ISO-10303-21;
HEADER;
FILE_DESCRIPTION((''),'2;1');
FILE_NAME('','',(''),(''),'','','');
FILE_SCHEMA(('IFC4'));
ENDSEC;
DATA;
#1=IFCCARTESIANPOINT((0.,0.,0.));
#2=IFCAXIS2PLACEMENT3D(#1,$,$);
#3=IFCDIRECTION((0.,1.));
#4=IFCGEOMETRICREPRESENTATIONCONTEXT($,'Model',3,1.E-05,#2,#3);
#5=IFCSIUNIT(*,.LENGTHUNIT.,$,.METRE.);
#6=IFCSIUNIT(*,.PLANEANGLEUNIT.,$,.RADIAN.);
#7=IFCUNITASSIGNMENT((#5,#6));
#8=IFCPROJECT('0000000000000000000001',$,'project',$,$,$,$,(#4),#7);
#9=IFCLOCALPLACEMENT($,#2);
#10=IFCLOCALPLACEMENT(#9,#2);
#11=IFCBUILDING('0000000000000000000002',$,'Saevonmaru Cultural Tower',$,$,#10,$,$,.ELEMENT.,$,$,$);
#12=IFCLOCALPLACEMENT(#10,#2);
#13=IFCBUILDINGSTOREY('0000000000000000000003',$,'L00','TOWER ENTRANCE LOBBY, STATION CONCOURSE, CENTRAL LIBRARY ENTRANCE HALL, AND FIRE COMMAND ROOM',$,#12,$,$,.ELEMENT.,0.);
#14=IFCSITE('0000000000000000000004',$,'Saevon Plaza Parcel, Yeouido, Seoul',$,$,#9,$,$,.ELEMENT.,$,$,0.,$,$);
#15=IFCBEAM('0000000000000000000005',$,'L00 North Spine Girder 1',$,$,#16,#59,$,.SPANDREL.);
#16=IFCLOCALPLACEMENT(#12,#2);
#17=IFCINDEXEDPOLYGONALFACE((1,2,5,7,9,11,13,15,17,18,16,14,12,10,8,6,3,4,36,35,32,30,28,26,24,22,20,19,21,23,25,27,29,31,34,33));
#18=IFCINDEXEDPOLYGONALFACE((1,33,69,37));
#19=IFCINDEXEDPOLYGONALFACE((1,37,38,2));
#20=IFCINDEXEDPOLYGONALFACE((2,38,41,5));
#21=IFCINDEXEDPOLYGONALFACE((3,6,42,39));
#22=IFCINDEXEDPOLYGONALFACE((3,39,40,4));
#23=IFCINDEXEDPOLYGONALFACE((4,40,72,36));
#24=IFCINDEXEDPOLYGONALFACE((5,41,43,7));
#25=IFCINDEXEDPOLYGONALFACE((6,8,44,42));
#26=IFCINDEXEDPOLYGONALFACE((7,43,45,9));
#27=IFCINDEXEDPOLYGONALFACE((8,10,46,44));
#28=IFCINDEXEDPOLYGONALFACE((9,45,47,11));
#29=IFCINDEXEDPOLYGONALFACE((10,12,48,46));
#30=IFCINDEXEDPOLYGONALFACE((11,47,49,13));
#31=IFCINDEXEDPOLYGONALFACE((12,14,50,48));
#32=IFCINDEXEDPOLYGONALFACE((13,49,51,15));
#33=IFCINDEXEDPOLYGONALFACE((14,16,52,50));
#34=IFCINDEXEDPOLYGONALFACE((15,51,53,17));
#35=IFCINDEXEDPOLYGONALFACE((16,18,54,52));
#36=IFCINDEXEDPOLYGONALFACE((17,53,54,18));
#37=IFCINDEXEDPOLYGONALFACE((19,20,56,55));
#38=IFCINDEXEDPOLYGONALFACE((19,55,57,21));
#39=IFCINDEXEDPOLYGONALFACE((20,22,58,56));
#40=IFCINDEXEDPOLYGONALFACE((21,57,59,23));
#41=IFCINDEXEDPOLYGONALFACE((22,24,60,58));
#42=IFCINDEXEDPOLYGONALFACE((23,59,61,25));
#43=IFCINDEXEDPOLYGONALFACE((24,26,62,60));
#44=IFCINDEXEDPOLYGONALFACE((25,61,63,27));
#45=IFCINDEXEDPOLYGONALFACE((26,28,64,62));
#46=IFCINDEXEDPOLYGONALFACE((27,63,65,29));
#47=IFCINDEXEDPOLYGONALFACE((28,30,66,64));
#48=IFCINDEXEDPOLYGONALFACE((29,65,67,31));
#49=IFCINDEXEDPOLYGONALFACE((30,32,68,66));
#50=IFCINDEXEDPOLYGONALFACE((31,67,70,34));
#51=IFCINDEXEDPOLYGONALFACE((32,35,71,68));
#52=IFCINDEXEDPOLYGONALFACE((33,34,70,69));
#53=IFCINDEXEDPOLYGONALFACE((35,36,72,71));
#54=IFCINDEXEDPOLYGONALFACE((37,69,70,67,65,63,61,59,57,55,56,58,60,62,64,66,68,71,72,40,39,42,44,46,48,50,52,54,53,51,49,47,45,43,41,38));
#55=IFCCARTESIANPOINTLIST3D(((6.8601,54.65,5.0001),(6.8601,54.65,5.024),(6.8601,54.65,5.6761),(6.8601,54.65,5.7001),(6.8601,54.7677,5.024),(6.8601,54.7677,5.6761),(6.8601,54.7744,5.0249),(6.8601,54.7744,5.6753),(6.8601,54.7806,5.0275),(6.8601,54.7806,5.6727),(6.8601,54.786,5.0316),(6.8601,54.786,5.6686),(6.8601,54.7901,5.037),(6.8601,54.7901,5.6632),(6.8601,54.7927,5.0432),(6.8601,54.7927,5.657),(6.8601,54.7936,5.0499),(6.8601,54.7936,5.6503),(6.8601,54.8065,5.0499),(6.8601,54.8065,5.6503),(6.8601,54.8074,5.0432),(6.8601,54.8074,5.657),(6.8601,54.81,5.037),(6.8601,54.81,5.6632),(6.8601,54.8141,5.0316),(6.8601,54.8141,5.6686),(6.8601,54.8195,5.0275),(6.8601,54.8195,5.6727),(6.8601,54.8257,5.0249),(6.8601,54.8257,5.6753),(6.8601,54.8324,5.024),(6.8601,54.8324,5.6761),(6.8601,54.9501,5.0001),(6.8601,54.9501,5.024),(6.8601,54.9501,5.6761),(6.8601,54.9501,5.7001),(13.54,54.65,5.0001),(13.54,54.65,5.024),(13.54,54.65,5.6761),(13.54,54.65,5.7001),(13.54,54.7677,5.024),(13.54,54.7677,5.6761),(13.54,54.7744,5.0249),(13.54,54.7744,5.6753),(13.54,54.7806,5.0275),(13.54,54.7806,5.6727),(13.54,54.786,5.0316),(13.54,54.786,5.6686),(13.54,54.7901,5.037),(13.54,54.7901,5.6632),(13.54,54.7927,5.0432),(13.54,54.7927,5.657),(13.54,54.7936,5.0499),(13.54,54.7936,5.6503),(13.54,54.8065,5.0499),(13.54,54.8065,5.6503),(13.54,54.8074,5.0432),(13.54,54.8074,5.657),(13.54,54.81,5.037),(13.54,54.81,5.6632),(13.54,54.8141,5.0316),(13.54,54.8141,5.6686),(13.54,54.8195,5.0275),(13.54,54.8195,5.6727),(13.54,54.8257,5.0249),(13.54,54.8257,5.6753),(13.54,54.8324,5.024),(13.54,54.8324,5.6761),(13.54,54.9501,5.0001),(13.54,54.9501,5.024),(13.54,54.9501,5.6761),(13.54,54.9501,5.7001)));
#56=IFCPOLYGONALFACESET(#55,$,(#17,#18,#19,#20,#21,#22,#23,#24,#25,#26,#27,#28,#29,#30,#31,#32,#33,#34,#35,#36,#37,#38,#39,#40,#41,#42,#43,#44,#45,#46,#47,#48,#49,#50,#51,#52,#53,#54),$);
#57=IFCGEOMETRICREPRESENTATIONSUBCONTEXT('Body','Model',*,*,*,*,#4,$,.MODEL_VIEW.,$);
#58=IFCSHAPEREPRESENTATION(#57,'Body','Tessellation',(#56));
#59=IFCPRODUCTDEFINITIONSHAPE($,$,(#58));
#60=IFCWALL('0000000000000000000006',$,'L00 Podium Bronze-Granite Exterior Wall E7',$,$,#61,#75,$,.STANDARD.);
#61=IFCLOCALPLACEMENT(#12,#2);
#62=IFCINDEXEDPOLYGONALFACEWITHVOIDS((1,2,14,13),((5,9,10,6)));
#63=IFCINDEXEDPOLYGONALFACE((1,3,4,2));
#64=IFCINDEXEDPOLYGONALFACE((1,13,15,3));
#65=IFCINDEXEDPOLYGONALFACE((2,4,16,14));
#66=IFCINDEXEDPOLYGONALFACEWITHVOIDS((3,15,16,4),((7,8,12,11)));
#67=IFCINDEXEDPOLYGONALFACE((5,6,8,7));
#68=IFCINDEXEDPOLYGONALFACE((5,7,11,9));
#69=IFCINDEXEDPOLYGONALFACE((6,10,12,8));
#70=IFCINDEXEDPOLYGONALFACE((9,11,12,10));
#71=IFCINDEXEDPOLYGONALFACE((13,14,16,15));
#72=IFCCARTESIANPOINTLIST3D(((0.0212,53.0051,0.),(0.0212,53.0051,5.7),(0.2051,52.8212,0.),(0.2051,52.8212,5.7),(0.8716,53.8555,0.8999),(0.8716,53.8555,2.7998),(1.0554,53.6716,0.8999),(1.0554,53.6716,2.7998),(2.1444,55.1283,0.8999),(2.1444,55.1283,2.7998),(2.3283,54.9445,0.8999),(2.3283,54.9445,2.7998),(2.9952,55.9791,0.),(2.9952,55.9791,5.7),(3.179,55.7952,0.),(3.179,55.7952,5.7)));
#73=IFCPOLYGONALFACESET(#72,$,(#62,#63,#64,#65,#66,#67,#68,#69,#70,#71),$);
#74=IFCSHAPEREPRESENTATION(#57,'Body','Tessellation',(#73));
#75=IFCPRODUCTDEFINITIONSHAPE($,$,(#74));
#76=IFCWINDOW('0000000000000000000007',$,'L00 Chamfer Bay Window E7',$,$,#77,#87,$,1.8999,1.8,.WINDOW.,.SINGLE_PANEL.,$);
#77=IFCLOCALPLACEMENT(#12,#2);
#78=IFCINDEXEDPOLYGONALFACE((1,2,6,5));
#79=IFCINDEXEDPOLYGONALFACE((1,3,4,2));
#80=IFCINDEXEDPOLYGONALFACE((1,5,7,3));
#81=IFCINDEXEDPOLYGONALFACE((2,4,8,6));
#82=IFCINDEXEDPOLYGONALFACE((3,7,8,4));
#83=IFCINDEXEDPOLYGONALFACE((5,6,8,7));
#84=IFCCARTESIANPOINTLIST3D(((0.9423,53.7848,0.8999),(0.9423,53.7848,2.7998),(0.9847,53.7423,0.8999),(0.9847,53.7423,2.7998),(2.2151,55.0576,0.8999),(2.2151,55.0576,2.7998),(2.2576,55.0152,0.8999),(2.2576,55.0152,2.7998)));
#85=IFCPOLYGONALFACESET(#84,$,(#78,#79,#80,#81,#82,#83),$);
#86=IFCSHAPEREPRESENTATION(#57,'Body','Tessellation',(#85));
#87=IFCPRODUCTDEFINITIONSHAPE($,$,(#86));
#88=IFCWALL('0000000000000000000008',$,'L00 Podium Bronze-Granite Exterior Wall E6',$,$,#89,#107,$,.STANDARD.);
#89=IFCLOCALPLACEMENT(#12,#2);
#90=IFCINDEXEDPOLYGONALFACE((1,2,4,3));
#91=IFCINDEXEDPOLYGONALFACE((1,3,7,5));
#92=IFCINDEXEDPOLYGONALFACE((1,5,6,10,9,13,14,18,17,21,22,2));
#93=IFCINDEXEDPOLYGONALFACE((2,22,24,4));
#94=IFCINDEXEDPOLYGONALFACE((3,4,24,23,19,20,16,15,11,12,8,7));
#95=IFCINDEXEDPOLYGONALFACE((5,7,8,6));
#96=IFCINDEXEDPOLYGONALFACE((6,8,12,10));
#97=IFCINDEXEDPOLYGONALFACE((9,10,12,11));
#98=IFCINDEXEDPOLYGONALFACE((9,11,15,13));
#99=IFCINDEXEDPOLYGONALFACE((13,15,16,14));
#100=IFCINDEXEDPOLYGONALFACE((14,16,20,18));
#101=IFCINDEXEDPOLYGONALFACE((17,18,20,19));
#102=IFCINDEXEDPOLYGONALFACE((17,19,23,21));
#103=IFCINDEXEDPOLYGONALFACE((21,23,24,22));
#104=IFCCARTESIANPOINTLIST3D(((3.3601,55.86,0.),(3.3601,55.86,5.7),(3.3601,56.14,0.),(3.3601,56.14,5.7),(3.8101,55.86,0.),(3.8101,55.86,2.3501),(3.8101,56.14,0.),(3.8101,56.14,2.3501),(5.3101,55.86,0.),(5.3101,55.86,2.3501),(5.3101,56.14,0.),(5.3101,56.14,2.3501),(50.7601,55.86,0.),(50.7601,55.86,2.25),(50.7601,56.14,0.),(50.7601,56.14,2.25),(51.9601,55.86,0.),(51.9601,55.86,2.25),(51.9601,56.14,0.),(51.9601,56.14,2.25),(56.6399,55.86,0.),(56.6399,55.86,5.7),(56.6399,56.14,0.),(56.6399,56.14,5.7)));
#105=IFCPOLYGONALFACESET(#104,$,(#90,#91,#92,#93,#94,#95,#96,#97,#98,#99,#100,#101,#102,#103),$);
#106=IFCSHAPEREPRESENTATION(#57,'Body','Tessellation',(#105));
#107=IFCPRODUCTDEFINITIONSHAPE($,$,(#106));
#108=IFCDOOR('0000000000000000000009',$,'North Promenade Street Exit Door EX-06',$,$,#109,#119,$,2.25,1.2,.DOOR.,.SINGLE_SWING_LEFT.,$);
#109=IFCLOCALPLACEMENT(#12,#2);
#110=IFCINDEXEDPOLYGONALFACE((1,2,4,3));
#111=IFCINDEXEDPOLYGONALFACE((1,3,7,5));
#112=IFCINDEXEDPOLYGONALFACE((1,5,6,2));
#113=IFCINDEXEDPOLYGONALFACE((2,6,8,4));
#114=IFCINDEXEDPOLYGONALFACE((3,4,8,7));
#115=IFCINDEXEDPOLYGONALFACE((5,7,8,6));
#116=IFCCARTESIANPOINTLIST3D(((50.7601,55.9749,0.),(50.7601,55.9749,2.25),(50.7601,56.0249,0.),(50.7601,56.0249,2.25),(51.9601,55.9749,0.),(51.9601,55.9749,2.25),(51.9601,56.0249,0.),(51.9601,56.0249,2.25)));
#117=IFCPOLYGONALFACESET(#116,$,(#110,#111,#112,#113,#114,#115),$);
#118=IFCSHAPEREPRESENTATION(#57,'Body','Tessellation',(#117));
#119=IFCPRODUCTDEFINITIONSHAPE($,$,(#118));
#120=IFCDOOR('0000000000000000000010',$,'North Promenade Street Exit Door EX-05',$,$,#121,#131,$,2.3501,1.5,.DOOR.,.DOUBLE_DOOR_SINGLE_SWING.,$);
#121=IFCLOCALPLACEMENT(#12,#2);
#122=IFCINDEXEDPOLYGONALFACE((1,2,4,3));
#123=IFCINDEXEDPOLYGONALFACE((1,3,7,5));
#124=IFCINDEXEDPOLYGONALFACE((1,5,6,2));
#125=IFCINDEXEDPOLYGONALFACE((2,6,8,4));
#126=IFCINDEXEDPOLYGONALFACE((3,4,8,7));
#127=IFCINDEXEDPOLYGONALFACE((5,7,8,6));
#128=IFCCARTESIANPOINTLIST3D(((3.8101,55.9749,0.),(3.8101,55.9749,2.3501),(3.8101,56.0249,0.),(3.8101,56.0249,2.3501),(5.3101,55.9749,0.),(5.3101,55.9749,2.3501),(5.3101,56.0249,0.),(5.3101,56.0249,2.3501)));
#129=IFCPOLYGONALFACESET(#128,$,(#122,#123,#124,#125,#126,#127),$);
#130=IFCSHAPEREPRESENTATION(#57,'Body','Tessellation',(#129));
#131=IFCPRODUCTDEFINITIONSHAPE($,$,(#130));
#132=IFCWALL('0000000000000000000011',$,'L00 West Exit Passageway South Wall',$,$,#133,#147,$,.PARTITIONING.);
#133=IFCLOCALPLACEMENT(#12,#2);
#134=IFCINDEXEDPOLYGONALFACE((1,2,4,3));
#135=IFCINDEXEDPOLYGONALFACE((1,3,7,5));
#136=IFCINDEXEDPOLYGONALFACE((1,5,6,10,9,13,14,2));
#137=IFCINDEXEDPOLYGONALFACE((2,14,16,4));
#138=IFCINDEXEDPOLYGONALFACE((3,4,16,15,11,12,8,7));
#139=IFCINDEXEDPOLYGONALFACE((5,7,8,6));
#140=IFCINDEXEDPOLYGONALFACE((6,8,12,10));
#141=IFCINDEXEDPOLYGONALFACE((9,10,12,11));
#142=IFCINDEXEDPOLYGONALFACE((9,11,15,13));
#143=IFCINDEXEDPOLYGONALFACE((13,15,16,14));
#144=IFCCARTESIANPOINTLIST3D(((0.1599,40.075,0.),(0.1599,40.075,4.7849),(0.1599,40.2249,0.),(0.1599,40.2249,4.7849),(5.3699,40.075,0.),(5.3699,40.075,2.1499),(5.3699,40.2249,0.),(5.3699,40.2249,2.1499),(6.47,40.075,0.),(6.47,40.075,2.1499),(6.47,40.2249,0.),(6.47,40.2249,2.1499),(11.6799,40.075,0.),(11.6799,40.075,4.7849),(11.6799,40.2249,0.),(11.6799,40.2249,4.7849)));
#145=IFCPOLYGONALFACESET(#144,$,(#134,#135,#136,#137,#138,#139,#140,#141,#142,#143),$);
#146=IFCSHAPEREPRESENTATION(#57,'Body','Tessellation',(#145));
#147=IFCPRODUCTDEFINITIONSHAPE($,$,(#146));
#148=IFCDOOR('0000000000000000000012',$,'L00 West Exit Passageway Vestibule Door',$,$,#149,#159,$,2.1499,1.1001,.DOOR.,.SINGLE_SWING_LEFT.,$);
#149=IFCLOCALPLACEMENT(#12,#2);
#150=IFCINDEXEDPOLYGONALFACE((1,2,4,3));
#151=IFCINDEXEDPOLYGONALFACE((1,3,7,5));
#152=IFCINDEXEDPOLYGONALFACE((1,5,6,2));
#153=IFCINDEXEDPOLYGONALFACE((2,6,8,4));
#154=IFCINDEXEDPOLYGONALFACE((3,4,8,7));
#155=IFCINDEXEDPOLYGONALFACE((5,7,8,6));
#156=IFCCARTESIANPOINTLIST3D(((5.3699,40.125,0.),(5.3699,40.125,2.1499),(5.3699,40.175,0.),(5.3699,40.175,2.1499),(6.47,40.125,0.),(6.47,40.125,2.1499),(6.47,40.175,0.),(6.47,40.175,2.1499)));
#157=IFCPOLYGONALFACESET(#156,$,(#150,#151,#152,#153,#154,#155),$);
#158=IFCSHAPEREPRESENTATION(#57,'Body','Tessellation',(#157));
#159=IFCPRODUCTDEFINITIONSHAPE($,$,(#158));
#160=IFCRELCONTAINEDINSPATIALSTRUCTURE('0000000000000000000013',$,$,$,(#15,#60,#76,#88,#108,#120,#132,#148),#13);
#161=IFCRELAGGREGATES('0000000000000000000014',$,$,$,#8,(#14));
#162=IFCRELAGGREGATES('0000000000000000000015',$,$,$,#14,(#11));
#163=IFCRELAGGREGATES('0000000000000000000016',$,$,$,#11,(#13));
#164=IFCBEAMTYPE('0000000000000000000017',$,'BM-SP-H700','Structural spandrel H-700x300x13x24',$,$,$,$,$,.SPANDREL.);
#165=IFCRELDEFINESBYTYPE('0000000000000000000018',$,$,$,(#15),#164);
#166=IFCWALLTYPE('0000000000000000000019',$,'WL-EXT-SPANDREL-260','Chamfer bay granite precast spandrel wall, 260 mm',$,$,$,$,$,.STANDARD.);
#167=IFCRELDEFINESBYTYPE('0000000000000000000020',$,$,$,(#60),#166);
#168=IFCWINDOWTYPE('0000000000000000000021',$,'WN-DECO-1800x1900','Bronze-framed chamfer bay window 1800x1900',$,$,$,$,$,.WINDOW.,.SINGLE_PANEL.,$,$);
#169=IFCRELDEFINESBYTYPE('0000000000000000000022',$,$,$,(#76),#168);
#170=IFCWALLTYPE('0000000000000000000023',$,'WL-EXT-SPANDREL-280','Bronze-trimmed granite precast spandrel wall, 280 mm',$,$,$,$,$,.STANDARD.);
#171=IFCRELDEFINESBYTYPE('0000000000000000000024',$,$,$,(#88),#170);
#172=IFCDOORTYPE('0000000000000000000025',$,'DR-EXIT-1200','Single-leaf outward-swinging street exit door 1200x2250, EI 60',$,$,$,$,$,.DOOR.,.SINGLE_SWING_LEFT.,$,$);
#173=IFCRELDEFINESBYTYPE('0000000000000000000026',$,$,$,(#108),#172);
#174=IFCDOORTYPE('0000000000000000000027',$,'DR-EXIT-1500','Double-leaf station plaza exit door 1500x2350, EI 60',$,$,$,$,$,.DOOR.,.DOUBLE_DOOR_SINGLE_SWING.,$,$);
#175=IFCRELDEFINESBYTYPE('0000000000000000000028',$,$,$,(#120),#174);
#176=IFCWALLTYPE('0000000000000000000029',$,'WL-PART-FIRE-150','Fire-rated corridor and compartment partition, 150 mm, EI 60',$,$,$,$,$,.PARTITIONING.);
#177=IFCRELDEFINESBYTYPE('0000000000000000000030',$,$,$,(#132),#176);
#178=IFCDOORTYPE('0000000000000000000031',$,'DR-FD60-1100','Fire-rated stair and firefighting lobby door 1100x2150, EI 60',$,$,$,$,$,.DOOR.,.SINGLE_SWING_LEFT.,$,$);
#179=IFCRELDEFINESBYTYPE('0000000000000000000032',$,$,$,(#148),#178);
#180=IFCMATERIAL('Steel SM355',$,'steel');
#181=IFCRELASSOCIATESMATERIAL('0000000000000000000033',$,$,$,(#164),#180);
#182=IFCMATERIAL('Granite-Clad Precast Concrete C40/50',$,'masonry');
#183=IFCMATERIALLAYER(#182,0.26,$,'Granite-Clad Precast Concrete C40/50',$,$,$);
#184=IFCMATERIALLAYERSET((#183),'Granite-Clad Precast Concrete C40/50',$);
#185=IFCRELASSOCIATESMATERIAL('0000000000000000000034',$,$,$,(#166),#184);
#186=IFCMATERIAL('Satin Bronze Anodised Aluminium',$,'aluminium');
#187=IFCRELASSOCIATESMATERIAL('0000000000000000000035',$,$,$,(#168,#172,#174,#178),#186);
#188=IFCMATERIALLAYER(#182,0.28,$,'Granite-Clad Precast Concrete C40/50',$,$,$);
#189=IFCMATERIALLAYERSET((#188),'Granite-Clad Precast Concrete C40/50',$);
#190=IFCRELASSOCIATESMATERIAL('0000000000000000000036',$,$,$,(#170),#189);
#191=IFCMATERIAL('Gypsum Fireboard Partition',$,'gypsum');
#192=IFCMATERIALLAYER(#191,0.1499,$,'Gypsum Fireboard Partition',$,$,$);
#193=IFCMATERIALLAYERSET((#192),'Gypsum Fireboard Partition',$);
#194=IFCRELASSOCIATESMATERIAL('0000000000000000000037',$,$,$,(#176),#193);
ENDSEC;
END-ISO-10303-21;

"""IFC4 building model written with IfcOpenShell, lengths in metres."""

from ifc_helpers import new_model, si_unit, direction, frame, frame_2d, origin, origin_2d, place, context, subcontext, project, spatial, rectangle, i_section, extrude, material, layer, layer_set, material_profile, profile_set, type_object, element, fill, save


model = new_model("IFC4")

# Units and contexts
model_context = context("Model", 3, precision=1e-05, world=origin(), true_north=direction((0.0, 1.0)))
body_context = subcontext(model_context, "Body", "Model", "MODEL_VIEW")
ifc_project = project(units=[si_unit("LENGTHUNIT", "METRE"), si_unit("PLANEANGLEUNIT", "RADIAN")], contexts=[model_context])

# Site, building, storey
site_placement = place(None, origin())
site = spatial("IfcSite", under=ifc_project, at=site_placement, Name="Saevon Plaza Parcel, Yeouido, Seoul", CompositionType="ELEMENT", RefElevation=0.0)
building_placement = place(site_placement, origin())
building = spatial("IfcBuilding", under=site, at=building_placement, Name="Saevonmaru Cultural Tower", CompositionType="ELEMENT")
storey_placement = place(building_placement, origin())
storey = spatial("IfcBuildingStorey", under=building, at=storey_placement, Name="L00", Description="TOWER ENTRANCE LOBBY, STATION CONCOURSE, CENTRAL LIBRARY ENTRANCE HALL, AND FIRE COMMAND ROOM", CompositionType="ELEMENT", Elevation=0.0)

# Shared definitions
ifc_material_1 = material(Name="Steel SM355", Category="steel")

# Beam
ifc_material_profile_1 = material_profile(ifc_material_1, i_section(OverallWidth=0.3, OverallDepth=0.7, WebThickness=0.0129, FlangeThickness=0.0239, FilletRadius=0.0259, at=origin_2d()), Name="H-700x300x13x24")
ifc_profile_set_1 = profile_set([ifc_material_profile_1], Name="Steel SM355")
beam_type_1 = type_object("IfcBeamType", Name="BM-SP-H700", Description="Structural spandrel H-700x300x13x24", PredefinedType="SPANDREL", material=ifc_profile_set_1)
beam_1_placement = place(storey_placement, frame((6.8601, 54.8, 5.3501), z_axis=(1.0, 0.0, 0.0), x_axis=(0.0, 1.0, 0.0)))
element("IfcBeam", 1, at=beam_1_placement, inside=storey, type_object=beam_type_1, Name="L00 North Spine Girder 1", PredefinedType="SPANDREL", context=body_context, shape_type="SweptSolid", body=[
    extrude(i_section(OverallWidth=0.3, OverallDepth=0.7, WebThickness=0.0129, FlangeThickness=0.0239, FilletRadius=0.0259, at=origin_2d()), origin(), (0.0, 0.0, 1.0), 6.6799),
])

# Wall, opening, window
ifc_material_2 = material(Name="Granite-Clad Precast Concrete C40/50", Category="masonry")
ifc_layer_1 = layer(ifc_material_2, 0.26, Name="Granite-Clad Precast Concrete C40/50")
ifc_layer_set_1 = layer_set([ifc_layer_1], Name="Granite-Clad Precast Concrete C40/50")
wall_type_1 = type_object("IfcWallType", Name="WL-EXT-SPANDREL-260", Description="Chamfer bay granite precast spandrel wall, 260 mm", PredefinedType="STANDARD", material=ifc_layer_set_1)
wall_1_placement = place(storey_placement, frame((0.113, 52.9131, 0.0), z_axis=(0.0, 0.0, 1.0), x_axis=(0.707107, 0.707107, 0.0)))
wall_1 = element("IfcWall", 2, at=wall_1_placement, inside=storey, type_object=wall_type_1, Name="L00 Podium Bronze-Granite Exterior Wall E7", PredefinedType="STANDARD", context=body_context, shape_type="SweptSolid", body=[
    extrude(rectangle(XDim=4.2058, YDim=0.26, at=frame_2d((2.103, 0.0))), origin(), (0.0, 0.0, 1.0), 5.7),
])
opening_1_placement = place(wall_1_placement, frame((1.2029, 0.0, 0.8999)))
opening_1 = element("IfcOpeningElement", 3, at=opening_1_placement, cuts=wall_1, PredefinedType="OPENING", context=body_context, shape_type="SweptSolid", body=[
    extrude(rectangle(XDim=1.8, YDim=1.8999, at=frame_2d((0.8999, 0.95))), frame((0.0, 0.1401, 0.0), z_axis=(0.0, -1.0, 0.0), x_axis=(1.0, 0.0, 0.0)), (0.0, 0.0, 1.0), 0.28),
])
ifc_material_3 = material(Name="Satin Bronze Anodised Aluminium", Category="aluminium")
window_type = type_object("IfcWindowType", Name="WN-DECO-1800x1900", Description="Bronze-framed chamfer bay window 1800x1900", PartitioningType="SINGLE_PANEL", PredefinedType="WINDOW", material=ifc_material_3)
window_placement = place(opening_1_placement, origin())
window = element("IfcWindow", 4, at=window_placement, inside=storey, type_object=window_type, Name="L00 Chamfer Bay Window E7", OverallHeight=1.8999, OverallWidth=1.8, PartitioningType="SINGLE_PANEL", PredefinedType="WINDOW", context=body_context, shape_type="SweptSolid", body=[
    extrude(rectangle(XDim=1.8, YDim=1.8999, at=frame_2d((0.8999, 0.95))), frame((0.0, 0.03, 0.0), z_axis=(0.0, -1.0, 0.0), x_axis=(1.0, 0.0, 0.0)), (0.0, 0.0, 1.0), 0.0601),
])
fill(opening_1, window)

# Wall, openings, doors
ifc_layer_2 = layer(ifc_material_2, 0.28, Name="Granite-Clad Precast Concrete C40/50")
ifc_layer_set_2 = layer_set([ifc_layer_2], Name="Granite-Clad Precast Concrete C40/50")
wall_type_2 = type_object("IfcWallType", Name="WL-EXT-SPANDREL-280", Description="Bronze-trimmed granite precast spandrel wall, 280 mm", PredefinedType="STANDARD", material=ifc_layer_set_2)
wall_2_placement = place(storey_placement, frame((3.3601, 56.0, 0.0), z_axis=(0.0, 0.0, 1.0), x_axis=(1.0, 0.0, 0.0)))
wall_2 = element("IfcWall", 5, at=wall_2_placement, inside=storey, type_object=wall_type_2, Name="L00 Podium Bronze-Granite Exterior Wall E6", PredefinedType="STANDARD", context=body_context, shape_type="SweptSolid", body=[
    extrude(rectangle(XDim=53.2798, YDim=0.28, at=frame_2d((26.6399, 0.0))), origin(), (0.0, 0.0, 1.0), 5.7),
])
opening_2_placement = place(wall_2_placement, frame((0.45, 0.0, 0.0)))
opening_2 = element("IfcOpeningElement", 6, at=opening_2_placement, cuts=wall_2, PredefinedType="OPENING", context=body_context, shape_type="SweptSolid", body=[
    extrude(rectangle(XDim=1.5, YDim=2.3501, at=frame_2d((0.75, 1.175))), frame((0.0, 0.1499, 0.0), z_axis=(0.0, -1.0, 0.0), x_axis=(1.0, 0.0, 0.0)), (0.0, 0.0, 1.0), 0.3),
])
opening_3_placement = place(wall_2_placement, frame((47.3999, 0.0, 0.0)))
opening_3 = element("IfcOpeningElement", 7, at=opening_3_placement, cuts=wall_2, PredefinedType="OPENING", context=body_context, shape_type="SweptSolid", body=[
    extrude(rectangle(XDim=1.2, YDim=2.25, at=frame_2d((0.6001, 1.125))), frame((0.0, 0.1499, 0.0), z_axis=(0.0, -1.0, 0.0), x_axis=(1.0, 0.0, 0.0)), (0.0, 0.0, 1.0), 0.3),
])
door_type_1 = type_object("IfcDoorType", Name="DR-EXIT-1200", Description="Single-leaf outward-swinging street exit door 1200x2250, EI 60", OperationType="SINGLE_SWING_LEFT", PredefinedType="DOOR", material=ifc_material_3)
door_1_placement = place(opening_3_placement, origin())
door_1 = element("IfcDoor", 8, at=door_1_placement, inside=storey, type_object=door_type_1, Name="North Promenade Street Exit Door EX-06", OperationType="SINGLE_SWING_LEFT", OverallHeight=2.25, OverallWidth=1.2, PredefinedType="DOOR", context=body_context, shape_type="SweptSolid", body=[
    extrude(rectangle(XDim=1.2, YDim=2.25, at=frame_2d((0.6001, 1.125))), frame((0.0, 0.0249, 0.0), z_axis=(0.0, -1.0, 0.0), x_axis=(1.0, 0.0, 0.0)), (0.0, 0.0, 1.0), 0.05),
])
fill(opening_3, door_1)
door_type_2 = type_object("IfcDoorType", Name="DR-EXIT-1500", Description="Double-leaf station plaza exit door 1500x2350, EI 60", OperationType="DOUBLE_DOOR_SINGLE_SWING", PredefinedType="DOOR", material=ifc_material_3)
door_2_placement = place(opening_2_placement, origin())
door_2 = element("IfcDoor", 9, at=door_2_placement, inside=storey, type_object=door_type_2, Name="North Promenade Street Exit Door EX-05", OperationType="DOUBLE_DOOR_SINGLE_SWING", OverallHeight=2.3501, OverallWidth=1.5, PredefinedType="DOOR", context=body_context, shape_type="SweptSolid", body=[
    extrude(rectangle(XDim=1.5, YDim=2.3501, at=frame_2d((0.75, 1.175))), frame((0.0, 0.0249, 0.0), z_axis=(0.0, -1.0, 0.0), x_axis=(1.0, 0.0, 0.0)), (0.0, 0.0, 1.0), 0.05),
])
fill(opening_2, door_2)

# Wall, opening, door
ifc_material_4 = material(Name="Gypsum Fireboard Partition", Category="gypsum")
ifc_layer_3 = layer(ifc_material_4, 0.1499, Name="Gypsum Fireboard Partition")
ifc_layer_set_3 = layer_set([ifc_layer_3], Name="Gypsum Fireboard Partition")
wall_type_3 = type_object("IfcWallType", Name="WL-PART-FIRE-150", Description="Fire-rated corridor and compartment partition, 150 mm, EI 60", PredefinedType="PARTITIONING", material=ifc_layer_set_3)
wall_3_placement = place(storey_placement, frame((11.6799, 40.1499, 0.0), z_axis=(0.0, 0.0, 1.0), x_axis=(-1.0, 0.0, 0.0)))
wall_3 = element("IfcWall", 10, at=wall_3_placement, inside=storey, type_object=wall_type_3, Name="L00 West Exit Passageway South Wall", PredefinedType="PARTITIONING", context=body_context, shape_type="SweptSolid", body=[
    extrude(rectangle(XDim=11.52, YDim=0.1499, at=frame_2d((5.76, 0.0))), origin(), (0.0, 0.0, 1.0), 4.7849),
])
opening_4_placement = place(wall_3_placement, frame((5.21, 0.0, 0.0)))
opening_4 = element("IfcOpeningElement", 11, at=opening_4_placement, cuts=wall_3, PredefinedType="OPENING", context=body_context, shape_type="SweptSolid", body=[
    extrude(rectangle(XDim=1.1001, YDim=2.1499, at=frame_2d((0.55, 1.075))), frame((0.0, 0.085, 0.0), z_axis=(0.0, -1.0, 0.0), x_axis=(1.0, 0.0, 0.0)), (0.0, 0.0, 1.0), 0.1699),
])
door_type_3 = type_object("IfcDoorType", Name="DR-FD60-1100", Description="Fire-rated stair and firefighting lobby door 1100x2150, EI 60", OperationType="SINGLE_SWING_LEFT", PredefinedType="DOOR", material=ifc_material_3)
door_3_placement = place(opening_4_placement, origin())
door_3 = element("IfcDoor", 12, at=door_3_placement, inside=storey, type_object=door_type_3, Name="L00 West Exit Passageway Vestibule Door", OperationType="SINGLE_SWING_LEFT", OverallHeight=2.1499, OverallWidth=1.1001, PredefinedType="DOOR", context=body_context, shape_type="SweptSolid", body=[
    extrude(rectangle(XDim=1.1001, YDim=2.1499, at=frame_2d((0.55, 1.075))), frame((0.0, 0.0249, 0.0), z_axis=(0.0, -1.0, 0.0), x_axis=(1.0, 0.0, 0.0)), (0.0, 0.0, 1.0), 0.05),
])
fill(opening_4, door_3)

save(model, "model.ifc")
